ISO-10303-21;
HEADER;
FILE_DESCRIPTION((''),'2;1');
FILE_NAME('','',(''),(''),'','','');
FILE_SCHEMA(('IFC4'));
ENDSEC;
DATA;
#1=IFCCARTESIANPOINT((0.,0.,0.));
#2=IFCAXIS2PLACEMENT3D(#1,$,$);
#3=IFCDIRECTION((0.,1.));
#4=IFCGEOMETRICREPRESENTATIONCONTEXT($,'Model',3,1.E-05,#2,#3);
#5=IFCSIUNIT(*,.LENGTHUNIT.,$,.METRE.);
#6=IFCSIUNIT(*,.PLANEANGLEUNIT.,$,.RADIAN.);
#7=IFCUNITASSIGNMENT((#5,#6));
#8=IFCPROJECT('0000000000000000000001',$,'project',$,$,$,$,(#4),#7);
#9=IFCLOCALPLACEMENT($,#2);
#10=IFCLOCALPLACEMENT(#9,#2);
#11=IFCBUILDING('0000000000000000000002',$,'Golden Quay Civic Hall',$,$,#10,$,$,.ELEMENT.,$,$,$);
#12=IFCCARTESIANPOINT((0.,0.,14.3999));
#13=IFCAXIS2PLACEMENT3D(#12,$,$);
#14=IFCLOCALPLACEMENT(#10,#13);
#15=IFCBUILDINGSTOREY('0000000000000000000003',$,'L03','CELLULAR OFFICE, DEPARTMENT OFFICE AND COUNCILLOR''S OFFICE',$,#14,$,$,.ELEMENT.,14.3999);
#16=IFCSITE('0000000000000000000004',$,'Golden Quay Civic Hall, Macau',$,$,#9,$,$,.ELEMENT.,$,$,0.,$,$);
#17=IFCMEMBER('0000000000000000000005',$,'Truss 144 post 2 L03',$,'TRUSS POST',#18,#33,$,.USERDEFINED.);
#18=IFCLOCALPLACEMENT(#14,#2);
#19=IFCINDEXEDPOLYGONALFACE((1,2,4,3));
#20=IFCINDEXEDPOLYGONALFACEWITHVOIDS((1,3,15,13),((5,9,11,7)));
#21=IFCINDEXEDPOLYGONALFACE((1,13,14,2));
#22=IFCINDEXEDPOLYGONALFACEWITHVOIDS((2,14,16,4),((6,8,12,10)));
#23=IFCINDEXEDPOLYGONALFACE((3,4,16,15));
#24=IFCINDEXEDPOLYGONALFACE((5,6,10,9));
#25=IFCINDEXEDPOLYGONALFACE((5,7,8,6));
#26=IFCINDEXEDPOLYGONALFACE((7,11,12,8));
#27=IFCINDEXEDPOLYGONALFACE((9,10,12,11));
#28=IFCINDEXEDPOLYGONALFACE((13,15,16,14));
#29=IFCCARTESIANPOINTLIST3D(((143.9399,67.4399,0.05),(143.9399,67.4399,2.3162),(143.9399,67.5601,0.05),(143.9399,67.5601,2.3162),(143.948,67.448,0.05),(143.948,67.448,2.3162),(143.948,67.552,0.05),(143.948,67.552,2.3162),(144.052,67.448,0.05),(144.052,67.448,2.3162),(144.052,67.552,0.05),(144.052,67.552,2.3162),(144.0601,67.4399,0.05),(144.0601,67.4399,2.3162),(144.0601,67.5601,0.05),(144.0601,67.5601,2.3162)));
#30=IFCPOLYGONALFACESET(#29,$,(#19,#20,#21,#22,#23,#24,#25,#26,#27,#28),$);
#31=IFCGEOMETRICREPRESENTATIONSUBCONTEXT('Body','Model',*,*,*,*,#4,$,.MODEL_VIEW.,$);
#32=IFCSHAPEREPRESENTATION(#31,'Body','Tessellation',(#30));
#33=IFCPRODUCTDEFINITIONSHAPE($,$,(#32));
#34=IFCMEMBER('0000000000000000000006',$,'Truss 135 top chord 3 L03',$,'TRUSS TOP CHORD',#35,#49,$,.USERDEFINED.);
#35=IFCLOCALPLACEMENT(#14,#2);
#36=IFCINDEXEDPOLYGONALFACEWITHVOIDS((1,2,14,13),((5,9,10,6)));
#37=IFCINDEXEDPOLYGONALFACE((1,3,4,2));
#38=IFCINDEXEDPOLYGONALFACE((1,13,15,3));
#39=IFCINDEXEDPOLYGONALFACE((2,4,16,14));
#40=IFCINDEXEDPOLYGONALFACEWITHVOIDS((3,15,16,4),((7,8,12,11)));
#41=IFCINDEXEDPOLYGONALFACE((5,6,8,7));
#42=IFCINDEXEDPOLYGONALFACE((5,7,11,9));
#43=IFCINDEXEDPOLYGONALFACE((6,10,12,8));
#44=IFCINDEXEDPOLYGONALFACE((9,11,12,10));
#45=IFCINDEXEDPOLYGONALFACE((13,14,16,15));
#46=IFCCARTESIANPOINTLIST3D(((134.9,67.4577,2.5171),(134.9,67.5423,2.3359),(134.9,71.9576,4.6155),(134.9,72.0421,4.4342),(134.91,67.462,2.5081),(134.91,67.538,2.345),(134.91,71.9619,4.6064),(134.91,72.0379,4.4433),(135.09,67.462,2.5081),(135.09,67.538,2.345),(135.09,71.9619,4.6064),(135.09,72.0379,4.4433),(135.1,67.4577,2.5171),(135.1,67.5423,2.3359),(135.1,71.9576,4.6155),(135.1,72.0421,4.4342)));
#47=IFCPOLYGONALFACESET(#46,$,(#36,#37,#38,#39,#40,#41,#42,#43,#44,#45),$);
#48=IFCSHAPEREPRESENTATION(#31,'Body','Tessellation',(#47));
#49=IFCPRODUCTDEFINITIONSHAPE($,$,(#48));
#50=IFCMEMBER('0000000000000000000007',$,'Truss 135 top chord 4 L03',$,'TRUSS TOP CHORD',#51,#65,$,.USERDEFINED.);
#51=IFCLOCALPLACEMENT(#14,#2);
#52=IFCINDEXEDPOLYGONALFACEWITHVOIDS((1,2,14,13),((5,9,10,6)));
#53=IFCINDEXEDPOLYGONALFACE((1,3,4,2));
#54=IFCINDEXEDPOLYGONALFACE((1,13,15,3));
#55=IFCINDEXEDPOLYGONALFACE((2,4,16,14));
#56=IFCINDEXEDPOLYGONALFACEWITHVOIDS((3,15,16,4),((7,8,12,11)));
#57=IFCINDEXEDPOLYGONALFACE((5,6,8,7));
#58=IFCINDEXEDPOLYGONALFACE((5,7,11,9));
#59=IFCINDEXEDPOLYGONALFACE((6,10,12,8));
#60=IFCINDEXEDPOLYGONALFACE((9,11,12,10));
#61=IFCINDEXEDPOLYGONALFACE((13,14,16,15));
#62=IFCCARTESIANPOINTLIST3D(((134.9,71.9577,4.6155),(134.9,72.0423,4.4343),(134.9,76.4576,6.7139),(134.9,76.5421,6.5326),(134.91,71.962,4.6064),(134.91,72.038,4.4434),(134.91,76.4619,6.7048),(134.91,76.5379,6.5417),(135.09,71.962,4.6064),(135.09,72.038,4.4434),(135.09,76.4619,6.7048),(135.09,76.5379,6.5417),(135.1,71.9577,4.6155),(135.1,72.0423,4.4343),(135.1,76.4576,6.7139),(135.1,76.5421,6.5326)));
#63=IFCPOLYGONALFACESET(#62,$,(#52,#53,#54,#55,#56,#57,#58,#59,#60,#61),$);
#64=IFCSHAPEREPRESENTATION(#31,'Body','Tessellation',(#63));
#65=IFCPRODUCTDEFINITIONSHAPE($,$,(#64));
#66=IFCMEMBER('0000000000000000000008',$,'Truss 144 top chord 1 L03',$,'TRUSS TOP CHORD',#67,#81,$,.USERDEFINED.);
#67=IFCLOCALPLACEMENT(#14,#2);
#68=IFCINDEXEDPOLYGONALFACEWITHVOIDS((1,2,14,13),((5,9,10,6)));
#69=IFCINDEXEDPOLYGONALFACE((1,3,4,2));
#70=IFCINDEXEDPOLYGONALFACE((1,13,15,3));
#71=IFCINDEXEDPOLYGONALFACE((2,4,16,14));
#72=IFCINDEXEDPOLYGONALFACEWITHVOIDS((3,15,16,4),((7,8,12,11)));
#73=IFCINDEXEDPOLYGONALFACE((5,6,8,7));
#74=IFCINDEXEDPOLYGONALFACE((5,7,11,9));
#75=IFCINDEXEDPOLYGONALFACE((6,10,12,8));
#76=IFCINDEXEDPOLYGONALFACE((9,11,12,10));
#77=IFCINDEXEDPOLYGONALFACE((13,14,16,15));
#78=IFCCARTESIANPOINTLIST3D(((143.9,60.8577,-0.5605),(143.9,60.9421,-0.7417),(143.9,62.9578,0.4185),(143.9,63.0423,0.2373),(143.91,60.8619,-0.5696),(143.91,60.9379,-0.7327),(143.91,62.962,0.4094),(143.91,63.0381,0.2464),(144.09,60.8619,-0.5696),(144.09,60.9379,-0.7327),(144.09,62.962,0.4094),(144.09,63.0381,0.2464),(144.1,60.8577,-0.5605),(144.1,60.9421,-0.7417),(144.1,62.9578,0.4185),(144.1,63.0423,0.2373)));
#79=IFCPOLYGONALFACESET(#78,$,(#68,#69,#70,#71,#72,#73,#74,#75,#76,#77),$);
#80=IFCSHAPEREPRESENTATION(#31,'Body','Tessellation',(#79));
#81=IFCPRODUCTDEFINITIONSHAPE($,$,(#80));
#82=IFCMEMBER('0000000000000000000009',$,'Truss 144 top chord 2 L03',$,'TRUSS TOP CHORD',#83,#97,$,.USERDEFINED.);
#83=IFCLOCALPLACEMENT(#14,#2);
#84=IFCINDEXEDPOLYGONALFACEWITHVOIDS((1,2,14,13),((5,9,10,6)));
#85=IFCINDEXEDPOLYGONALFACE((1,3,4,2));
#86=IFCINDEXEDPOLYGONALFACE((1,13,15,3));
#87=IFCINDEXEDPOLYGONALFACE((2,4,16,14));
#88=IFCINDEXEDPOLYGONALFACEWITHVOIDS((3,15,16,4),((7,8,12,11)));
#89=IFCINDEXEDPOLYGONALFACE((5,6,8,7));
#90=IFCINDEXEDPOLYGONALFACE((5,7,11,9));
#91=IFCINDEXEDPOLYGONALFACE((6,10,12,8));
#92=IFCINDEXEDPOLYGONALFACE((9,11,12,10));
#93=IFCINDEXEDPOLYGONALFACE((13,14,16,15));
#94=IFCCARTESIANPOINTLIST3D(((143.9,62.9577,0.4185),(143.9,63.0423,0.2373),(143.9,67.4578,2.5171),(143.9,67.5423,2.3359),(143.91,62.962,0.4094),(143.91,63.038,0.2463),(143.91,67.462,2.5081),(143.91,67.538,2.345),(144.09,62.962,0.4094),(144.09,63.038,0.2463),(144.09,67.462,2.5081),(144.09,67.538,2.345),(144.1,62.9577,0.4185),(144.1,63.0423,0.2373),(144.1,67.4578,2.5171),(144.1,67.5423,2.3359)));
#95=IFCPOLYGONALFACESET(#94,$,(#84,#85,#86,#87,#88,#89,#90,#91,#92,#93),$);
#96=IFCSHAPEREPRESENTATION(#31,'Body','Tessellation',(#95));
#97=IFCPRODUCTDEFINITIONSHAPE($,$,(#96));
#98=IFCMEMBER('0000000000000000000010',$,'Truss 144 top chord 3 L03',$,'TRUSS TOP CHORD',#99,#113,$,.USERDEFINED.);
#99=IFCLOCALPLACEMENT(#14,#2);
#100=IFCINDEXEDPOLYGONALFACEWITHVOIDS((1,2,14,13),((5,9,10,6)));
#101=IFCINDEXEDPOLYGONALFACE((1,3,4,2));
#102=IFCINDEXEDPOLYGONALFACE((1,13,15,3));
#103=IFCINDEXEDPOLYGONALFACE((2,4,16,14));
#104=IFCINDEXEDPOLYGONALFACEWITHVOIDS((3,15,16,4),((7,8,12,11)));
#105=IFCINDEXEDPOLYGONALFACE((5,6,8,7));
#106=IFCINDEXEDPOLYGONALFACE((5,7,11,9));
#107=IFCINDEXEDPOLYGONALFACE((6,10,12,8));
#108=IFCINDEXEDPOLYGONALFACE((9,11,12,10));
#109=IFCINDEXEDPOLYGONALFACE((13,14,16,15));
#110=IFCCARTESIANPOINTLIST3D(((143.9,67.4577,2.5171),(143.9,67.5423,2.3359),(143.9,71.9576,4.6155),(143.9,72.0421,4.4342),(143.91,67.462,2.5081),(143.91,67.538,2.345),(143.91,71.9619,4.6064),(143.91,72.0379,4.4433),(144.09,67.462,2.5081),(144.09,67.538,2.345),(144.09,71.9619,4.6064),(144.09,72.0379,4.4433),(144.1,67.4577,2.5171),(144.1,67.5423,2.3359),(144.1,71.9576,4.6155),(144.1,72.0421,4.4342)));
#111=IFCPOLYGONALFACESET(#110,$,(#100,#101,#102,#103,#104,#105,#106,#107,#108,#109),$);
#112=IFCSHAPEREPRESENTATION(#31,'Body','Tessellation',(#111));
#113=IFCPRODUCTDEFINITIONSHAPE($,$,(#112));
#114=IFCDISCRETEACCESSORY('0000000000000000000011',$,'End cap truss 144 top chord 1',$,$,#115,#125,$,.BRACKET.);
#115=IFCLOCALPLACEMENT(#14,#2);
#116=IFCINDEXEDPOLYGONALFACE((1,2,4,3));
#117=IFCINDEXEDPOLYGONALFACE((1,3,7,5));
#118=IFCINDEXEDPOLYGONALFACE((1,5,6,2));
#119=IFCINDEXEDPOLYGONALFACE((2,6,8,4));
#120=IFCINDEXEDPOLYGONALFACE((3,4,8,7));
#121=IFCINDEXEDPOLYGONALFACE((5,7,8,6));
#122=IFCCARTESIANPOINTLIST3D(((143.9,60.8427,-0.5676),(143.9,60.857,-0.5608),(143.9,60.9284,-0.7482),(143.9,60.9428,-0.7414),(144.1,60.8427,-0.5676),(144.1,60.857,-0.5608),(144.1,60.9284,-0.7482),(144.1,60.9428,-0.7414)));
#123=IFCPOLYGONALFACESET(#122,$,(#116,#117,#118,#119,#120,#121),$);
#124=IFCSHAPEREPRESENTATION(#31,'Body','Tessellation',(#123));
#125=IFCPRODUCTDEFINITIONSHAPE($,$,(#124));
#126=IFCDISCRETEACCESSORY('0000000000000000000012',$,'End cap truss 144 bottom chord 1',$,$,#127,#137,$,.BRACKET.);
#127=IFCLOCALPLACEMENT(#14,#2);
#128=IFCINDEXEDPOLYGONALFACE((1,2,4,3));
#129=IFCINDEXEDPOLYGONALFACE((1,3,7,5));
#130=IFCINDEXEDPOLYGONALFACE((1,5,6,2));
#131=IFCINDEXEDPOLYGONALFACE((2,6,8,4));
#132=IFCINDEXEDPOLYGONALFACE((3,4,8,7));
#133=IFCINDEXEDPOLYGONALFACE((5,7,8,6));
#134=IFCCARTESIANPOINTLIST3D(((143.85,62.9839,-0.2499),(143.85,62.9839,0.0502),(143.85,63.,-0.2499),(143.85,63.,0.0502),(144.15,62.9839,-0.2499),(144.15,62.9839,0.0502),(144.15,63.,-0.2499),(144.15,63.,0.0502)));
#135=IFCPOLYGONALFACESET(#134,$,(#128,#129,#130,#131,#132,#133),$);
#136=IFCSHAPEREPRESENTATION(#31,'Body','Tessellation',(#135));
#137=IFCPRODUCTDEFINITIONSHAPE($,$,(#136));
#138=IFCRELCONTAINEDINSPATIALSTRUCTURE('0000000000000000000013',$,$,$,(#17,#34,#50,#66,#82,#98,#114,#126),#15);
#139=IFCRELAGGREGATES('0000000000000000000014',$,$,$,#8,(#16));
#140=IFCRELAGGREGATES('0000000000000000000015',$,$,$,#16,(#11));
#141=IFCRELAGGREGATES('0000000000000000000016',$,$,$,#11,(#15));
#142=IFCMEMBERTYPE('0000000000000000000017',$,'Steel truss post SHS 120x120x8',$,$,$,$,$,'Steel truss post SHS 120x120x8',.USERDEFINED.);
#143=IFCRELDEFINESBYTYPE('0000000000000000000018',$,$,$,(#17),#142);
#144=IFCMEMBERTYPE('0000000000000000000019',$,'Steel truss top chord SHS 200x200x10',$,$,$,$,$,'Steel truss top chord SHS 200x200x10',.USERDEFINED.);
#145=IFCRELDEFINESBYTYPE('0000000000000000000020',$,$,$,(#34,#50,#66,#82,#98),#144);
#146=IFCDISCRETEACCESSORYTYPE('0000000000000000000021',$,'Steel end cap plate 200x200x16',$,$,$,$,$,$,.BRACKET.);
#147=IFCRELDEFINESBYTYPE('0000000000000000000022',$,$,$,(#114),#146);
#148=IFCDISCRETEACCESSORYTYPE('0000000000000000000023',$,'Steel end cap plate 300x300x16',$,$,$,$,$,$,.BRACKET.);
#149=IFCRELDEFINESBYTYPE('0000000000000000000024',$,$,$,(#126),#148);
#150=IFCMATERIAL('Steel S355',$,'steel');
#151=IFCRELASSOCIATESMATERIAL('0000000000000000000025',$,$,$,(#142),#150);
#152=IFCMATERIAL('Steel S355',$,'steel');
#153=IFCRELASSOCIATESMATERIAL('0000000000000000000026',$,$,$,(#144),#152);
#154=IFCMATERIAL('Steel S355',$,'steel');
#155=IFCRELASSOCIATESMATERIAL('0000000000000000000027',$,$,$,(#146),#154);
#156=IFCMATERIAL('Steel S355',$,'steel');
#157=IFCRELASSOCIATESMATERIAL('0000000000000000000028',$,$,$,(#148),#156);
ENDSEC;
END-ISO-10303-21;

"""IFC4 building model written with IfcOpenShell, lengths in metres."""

from ifc_helpers import new_model, si_unit, direction, frame, origin, origin_2d, place, context, subcontext, project, spatial, rectangle, hollow_rectangle, extrude, material, material_profile, profile_set, type_object, element, save


model = new_model("IFC4")

# Units and contexts
model_context = context("Model", 3, precision=1e-05, world=origin(), true_north=direction((0.0, 1.0)))
body_context = subcontext(model_context, "Body", "Model", "MODEL_VIEW")
ifc_project = project(units=[si_unit("LENGTHUNIT", "METRE"), si_unit("PLANEANGLEUNIT", "RADIAN")], contexts=[model_context])

# Site, building, storey
site_placement = place(None, origin())
site = spatial("IfcSite", under=ifc_project, at=site_placement, Name="Golden Quay Civic Hall, Macau", CompositionType="ELEMENT", RefElevation=0.0)
building_placement = place(site_placement, origin())
building = spatial("IfcBuilding", under=site, at=building_placement, Name="Golden Quay Civic Hall", CompositionType="ELEMENT")
storey_placement = place(building_placement, frame((0.0, 0.0, 14.3999)))
storey = spatial("IfcBuildingStorey", under=building, at=storey_placement, Name="L03", Description="CELLULAR OFFICE, DEPARTMENT OFFICE AND COUNCILLOR'S OFFICE", CompositionType="ELEMENT", Elevation=14.3999)

# Members
ifc_material_1 = material(Name="Steel S355", Category="steel")
ifc_material_profile_1 = material_profile(ifc_material_1, hollow_rectangle(XDim=0.1201, YDim=0.1201, WallThickness=0.0081, at=origin_2d()), Name="SHS 120x120x8")
ifc_profile_set_1 = profile_set([ifc_material_profile_1], Name="Steel S355")
member_type_1 = type_object("IfcMemberType", Name="Steel truss post SHS 120x120x8", ElementType="Steel truss post SHS 120x120x8", PredefinedType="USERDEFINED", material=ifc_profile_set_1)
member_1_placement = place(storey_placement, frame((144.0, 67.5, 0.05), z_axis=(0.0, 0.0, 1.0), x_axis=(1.0, 0.0, 0.0)))
element("IfcMember", 1, at=member_1_placement, inside=storey, type_object=member_type_1, Name="Truss 144 post 2 L03", ObjectType="TRUSS POST", PredefinedType="USERDEFINED", context=body_context, shape_type="SweptSolid", body=[
    extrude(hollow_rectangle(XDim=0.1201, YDim=0.1201, WallThickness=0.0081, at=origin_2d()), origin(), (0.0, 0.0, 1.0), 2.2661),
])
ifc_material_2 = material(Name="Steel S355", Category="steel")
ifc_material_profile_2 = material_profile(ifc_material_2, hollow_rectangle(XDim=0.2, YDim=0.2, WallThickness=0.01, at=origin_2d()), Name="SHS 200x200x10")
ifc_profile_set_2 = profile_set([ifc_material_profile_2], Name="Steel S355")
member_type_2 = type_object("IfcMemberType", Name="Steel truss top chord SHS 200x200x10", ElementType="Steel truss top chord SHS 200x200x10", PredefinedType="USERDEFINED", material=ifc_profile_set_2)
for number, where, z_axis, x_axis, name in (
    (2, (135.0, 67.5, 2.4265), (0.0, 0.906307, 0.422619), (-1.0, 0.0, 0.0), "Truss 135 top chord 3 L03"),
    (3, (135.0, 72.0, 4.5249), (0.0, 0.906307, 0.422619), (-1.0, 0.0, 0.0), "Truss 135 top chord 4 L03"),
):
    element("IfcMember", number, at=place(storey_placement, frame(where, z_axis=z_axis, x_axis=x_axis)), inside=storey, type_object=member_type_2, Name=name, ObjectType="TRUSS TOP CHORD", PredefinedType="USERDEFINED", context=body_context, shape_type="SweptSolid", body=[
        extrude(hollow_rectangle(XDim=0.2, YDim=0.2, WallThickness=0.01, at=origin_2d()), origin(), (0.0, 0.0, 1.0), 4.9651),
    ])
member_2_placement = place(storey_placement, frame((144.0, 60.8999, -0.6511), z_axis=(0.0, 0.906355, 0.422516), x_axis=(-1.0, 0.0, 0.0)))
element("IfcMember", 4, at=member_2_placement, inside=storey, type_object=member_type_2, Name="Truss 144 top chord 1 L03", ObjectType="TRUSS TOP CHORD", PredefinedType="USERDEFINED", context=body_context, shape_type="SweptSolid", body=[
    extrude(hollow_rectangle(XDim=0.2, YDim=0.2, WallThickness=0.01, at=origin_2d()), origin(), (0.0, 0.0, 1.0), 2.3171),
])
member_3_placement = place(storey_placement, frame((144.0, 63.0, 0.3279), z_axis=(0.0, 0.906289, 0.422659), x_axis=(-1.0, 0.0, 0.0)))
element("IfcMember", 5, at=member_3_placement, inside=storey, type_object=member_type_2, Name="Truss 144 top chord 2 L03", ObjectType="TRUSS TOP CHORD", PredefinedType="USERDEFINED", context=body_context, shape_type="SweptSolid", body=[
    extrude(hollow_rectangle(XDim=0.2, YDim=0.2, WallThickness=0.01, at=origin_2d()), origin(), (0.0, 0.0, 1.0), 4.9653),
])
member_4_placement = place(storey_placement, frame((144.0, 67.5, 2.4265), z_axis=(0.0, 0.906307, 0.422619), x_axis=(-1.0, 0.0, 0.0)))
element("IfcMember", 6, at=member_4_placement, inside=storey, type_object=member_type_2, Name="Truss 144 top chord 3 L03", ObjectType="TRUSS TOP CHORD", PredefinedType="USERDEFINED", context=body_context, shape_type="SweptSolid", body=[
    extrude(hollow_rectangle(XDim=0.2, YDim=0.2, WallThickness=0.01, at=origin_2d()), origin(), (0.0, 0.0, 1.0), 4.9651),
])

# Discrete accessories
ifc_material_3 = material(Name="Steel S355", Category="steel")
ifc_material_profile_3 = material_profile(ifc_material_3, rectangle(XDim=0.2, YDim=0.2, at=origin_2d()), Name="Steel end cap plate 200x200x16")
ifc_profile_set_3 = profile_set([ifc_material_profile_3], Name="Steel S355")
discrete_accessory_type_1 = type_object("IfcDiscreteAccessoryType", Name="Steel end cap plate 200x200x16", PredefinedType="BRACKET", material=ifc_profile_set_3)
discrete_accessory_1_placement = place(storey_placement, frame((144.0, 60.8999, -0.6511), z_axis=(0.0, -0.903426, -0.428744), x_axis=(1.0, 0.0, 0.0)))
element("IfcDiscreteAccessory", 7, at=discrete_accessory_1_placement, inside=storey, type_object=discrete_accessory_type_1, Name="End cap truss 144 top chord 1", PredefinedType="BRACKET", context=body_context, shape_type="SweptSolid", body=[
    extrude(rectangle(XDim=0.2, YDim=0.2, at=origin_2d()), origin(), (0.0, 0.0, 1.0), 0.0159),
])
ifc_material_4 = material(Name="Steel S355", Category="steel")
ifc_material_profile_4 = material_profile(ifc_material_4, rectangle(XDim=0.3, YDim=0.3, at=origin_2d()), Name="Steel end cap plate 300x300x16")
ifc_profile_set_4 = profile_set([ifc_material_profile_4], Name="Steel S355")
discrete_accessory_type_2 = type_object("IfcDiscreteAccessoryType", Name="Steel end cap plate 300x300x16", PredefinedType="BRACKET", material=ifc_profile_set_4)
discrete_accessory_2_placement = place(storey_placement, frame((144.0, 63.0, -0.0999), z_axis=(0.0, -1.0, 0.0), x_axis=(1.0, 0.0, 0.0)))
element("IfcDiscreteAccessory", 8, at=discrete_accessory_2_placement, inside=storey, type_object=discrete_accessory_type_2, Name="End cap truss 144 bottom chord 1", PredefinedType="BRACKET", context=body_context, shape_type="SweptSolid", body=[
    extrude(rectangle(XDim=0.3, YDim=0.3, at=origin_2d()), origin(), (0.0, 0.0, 1.0), 0.0161),
])

save(model, "model.ifc")
